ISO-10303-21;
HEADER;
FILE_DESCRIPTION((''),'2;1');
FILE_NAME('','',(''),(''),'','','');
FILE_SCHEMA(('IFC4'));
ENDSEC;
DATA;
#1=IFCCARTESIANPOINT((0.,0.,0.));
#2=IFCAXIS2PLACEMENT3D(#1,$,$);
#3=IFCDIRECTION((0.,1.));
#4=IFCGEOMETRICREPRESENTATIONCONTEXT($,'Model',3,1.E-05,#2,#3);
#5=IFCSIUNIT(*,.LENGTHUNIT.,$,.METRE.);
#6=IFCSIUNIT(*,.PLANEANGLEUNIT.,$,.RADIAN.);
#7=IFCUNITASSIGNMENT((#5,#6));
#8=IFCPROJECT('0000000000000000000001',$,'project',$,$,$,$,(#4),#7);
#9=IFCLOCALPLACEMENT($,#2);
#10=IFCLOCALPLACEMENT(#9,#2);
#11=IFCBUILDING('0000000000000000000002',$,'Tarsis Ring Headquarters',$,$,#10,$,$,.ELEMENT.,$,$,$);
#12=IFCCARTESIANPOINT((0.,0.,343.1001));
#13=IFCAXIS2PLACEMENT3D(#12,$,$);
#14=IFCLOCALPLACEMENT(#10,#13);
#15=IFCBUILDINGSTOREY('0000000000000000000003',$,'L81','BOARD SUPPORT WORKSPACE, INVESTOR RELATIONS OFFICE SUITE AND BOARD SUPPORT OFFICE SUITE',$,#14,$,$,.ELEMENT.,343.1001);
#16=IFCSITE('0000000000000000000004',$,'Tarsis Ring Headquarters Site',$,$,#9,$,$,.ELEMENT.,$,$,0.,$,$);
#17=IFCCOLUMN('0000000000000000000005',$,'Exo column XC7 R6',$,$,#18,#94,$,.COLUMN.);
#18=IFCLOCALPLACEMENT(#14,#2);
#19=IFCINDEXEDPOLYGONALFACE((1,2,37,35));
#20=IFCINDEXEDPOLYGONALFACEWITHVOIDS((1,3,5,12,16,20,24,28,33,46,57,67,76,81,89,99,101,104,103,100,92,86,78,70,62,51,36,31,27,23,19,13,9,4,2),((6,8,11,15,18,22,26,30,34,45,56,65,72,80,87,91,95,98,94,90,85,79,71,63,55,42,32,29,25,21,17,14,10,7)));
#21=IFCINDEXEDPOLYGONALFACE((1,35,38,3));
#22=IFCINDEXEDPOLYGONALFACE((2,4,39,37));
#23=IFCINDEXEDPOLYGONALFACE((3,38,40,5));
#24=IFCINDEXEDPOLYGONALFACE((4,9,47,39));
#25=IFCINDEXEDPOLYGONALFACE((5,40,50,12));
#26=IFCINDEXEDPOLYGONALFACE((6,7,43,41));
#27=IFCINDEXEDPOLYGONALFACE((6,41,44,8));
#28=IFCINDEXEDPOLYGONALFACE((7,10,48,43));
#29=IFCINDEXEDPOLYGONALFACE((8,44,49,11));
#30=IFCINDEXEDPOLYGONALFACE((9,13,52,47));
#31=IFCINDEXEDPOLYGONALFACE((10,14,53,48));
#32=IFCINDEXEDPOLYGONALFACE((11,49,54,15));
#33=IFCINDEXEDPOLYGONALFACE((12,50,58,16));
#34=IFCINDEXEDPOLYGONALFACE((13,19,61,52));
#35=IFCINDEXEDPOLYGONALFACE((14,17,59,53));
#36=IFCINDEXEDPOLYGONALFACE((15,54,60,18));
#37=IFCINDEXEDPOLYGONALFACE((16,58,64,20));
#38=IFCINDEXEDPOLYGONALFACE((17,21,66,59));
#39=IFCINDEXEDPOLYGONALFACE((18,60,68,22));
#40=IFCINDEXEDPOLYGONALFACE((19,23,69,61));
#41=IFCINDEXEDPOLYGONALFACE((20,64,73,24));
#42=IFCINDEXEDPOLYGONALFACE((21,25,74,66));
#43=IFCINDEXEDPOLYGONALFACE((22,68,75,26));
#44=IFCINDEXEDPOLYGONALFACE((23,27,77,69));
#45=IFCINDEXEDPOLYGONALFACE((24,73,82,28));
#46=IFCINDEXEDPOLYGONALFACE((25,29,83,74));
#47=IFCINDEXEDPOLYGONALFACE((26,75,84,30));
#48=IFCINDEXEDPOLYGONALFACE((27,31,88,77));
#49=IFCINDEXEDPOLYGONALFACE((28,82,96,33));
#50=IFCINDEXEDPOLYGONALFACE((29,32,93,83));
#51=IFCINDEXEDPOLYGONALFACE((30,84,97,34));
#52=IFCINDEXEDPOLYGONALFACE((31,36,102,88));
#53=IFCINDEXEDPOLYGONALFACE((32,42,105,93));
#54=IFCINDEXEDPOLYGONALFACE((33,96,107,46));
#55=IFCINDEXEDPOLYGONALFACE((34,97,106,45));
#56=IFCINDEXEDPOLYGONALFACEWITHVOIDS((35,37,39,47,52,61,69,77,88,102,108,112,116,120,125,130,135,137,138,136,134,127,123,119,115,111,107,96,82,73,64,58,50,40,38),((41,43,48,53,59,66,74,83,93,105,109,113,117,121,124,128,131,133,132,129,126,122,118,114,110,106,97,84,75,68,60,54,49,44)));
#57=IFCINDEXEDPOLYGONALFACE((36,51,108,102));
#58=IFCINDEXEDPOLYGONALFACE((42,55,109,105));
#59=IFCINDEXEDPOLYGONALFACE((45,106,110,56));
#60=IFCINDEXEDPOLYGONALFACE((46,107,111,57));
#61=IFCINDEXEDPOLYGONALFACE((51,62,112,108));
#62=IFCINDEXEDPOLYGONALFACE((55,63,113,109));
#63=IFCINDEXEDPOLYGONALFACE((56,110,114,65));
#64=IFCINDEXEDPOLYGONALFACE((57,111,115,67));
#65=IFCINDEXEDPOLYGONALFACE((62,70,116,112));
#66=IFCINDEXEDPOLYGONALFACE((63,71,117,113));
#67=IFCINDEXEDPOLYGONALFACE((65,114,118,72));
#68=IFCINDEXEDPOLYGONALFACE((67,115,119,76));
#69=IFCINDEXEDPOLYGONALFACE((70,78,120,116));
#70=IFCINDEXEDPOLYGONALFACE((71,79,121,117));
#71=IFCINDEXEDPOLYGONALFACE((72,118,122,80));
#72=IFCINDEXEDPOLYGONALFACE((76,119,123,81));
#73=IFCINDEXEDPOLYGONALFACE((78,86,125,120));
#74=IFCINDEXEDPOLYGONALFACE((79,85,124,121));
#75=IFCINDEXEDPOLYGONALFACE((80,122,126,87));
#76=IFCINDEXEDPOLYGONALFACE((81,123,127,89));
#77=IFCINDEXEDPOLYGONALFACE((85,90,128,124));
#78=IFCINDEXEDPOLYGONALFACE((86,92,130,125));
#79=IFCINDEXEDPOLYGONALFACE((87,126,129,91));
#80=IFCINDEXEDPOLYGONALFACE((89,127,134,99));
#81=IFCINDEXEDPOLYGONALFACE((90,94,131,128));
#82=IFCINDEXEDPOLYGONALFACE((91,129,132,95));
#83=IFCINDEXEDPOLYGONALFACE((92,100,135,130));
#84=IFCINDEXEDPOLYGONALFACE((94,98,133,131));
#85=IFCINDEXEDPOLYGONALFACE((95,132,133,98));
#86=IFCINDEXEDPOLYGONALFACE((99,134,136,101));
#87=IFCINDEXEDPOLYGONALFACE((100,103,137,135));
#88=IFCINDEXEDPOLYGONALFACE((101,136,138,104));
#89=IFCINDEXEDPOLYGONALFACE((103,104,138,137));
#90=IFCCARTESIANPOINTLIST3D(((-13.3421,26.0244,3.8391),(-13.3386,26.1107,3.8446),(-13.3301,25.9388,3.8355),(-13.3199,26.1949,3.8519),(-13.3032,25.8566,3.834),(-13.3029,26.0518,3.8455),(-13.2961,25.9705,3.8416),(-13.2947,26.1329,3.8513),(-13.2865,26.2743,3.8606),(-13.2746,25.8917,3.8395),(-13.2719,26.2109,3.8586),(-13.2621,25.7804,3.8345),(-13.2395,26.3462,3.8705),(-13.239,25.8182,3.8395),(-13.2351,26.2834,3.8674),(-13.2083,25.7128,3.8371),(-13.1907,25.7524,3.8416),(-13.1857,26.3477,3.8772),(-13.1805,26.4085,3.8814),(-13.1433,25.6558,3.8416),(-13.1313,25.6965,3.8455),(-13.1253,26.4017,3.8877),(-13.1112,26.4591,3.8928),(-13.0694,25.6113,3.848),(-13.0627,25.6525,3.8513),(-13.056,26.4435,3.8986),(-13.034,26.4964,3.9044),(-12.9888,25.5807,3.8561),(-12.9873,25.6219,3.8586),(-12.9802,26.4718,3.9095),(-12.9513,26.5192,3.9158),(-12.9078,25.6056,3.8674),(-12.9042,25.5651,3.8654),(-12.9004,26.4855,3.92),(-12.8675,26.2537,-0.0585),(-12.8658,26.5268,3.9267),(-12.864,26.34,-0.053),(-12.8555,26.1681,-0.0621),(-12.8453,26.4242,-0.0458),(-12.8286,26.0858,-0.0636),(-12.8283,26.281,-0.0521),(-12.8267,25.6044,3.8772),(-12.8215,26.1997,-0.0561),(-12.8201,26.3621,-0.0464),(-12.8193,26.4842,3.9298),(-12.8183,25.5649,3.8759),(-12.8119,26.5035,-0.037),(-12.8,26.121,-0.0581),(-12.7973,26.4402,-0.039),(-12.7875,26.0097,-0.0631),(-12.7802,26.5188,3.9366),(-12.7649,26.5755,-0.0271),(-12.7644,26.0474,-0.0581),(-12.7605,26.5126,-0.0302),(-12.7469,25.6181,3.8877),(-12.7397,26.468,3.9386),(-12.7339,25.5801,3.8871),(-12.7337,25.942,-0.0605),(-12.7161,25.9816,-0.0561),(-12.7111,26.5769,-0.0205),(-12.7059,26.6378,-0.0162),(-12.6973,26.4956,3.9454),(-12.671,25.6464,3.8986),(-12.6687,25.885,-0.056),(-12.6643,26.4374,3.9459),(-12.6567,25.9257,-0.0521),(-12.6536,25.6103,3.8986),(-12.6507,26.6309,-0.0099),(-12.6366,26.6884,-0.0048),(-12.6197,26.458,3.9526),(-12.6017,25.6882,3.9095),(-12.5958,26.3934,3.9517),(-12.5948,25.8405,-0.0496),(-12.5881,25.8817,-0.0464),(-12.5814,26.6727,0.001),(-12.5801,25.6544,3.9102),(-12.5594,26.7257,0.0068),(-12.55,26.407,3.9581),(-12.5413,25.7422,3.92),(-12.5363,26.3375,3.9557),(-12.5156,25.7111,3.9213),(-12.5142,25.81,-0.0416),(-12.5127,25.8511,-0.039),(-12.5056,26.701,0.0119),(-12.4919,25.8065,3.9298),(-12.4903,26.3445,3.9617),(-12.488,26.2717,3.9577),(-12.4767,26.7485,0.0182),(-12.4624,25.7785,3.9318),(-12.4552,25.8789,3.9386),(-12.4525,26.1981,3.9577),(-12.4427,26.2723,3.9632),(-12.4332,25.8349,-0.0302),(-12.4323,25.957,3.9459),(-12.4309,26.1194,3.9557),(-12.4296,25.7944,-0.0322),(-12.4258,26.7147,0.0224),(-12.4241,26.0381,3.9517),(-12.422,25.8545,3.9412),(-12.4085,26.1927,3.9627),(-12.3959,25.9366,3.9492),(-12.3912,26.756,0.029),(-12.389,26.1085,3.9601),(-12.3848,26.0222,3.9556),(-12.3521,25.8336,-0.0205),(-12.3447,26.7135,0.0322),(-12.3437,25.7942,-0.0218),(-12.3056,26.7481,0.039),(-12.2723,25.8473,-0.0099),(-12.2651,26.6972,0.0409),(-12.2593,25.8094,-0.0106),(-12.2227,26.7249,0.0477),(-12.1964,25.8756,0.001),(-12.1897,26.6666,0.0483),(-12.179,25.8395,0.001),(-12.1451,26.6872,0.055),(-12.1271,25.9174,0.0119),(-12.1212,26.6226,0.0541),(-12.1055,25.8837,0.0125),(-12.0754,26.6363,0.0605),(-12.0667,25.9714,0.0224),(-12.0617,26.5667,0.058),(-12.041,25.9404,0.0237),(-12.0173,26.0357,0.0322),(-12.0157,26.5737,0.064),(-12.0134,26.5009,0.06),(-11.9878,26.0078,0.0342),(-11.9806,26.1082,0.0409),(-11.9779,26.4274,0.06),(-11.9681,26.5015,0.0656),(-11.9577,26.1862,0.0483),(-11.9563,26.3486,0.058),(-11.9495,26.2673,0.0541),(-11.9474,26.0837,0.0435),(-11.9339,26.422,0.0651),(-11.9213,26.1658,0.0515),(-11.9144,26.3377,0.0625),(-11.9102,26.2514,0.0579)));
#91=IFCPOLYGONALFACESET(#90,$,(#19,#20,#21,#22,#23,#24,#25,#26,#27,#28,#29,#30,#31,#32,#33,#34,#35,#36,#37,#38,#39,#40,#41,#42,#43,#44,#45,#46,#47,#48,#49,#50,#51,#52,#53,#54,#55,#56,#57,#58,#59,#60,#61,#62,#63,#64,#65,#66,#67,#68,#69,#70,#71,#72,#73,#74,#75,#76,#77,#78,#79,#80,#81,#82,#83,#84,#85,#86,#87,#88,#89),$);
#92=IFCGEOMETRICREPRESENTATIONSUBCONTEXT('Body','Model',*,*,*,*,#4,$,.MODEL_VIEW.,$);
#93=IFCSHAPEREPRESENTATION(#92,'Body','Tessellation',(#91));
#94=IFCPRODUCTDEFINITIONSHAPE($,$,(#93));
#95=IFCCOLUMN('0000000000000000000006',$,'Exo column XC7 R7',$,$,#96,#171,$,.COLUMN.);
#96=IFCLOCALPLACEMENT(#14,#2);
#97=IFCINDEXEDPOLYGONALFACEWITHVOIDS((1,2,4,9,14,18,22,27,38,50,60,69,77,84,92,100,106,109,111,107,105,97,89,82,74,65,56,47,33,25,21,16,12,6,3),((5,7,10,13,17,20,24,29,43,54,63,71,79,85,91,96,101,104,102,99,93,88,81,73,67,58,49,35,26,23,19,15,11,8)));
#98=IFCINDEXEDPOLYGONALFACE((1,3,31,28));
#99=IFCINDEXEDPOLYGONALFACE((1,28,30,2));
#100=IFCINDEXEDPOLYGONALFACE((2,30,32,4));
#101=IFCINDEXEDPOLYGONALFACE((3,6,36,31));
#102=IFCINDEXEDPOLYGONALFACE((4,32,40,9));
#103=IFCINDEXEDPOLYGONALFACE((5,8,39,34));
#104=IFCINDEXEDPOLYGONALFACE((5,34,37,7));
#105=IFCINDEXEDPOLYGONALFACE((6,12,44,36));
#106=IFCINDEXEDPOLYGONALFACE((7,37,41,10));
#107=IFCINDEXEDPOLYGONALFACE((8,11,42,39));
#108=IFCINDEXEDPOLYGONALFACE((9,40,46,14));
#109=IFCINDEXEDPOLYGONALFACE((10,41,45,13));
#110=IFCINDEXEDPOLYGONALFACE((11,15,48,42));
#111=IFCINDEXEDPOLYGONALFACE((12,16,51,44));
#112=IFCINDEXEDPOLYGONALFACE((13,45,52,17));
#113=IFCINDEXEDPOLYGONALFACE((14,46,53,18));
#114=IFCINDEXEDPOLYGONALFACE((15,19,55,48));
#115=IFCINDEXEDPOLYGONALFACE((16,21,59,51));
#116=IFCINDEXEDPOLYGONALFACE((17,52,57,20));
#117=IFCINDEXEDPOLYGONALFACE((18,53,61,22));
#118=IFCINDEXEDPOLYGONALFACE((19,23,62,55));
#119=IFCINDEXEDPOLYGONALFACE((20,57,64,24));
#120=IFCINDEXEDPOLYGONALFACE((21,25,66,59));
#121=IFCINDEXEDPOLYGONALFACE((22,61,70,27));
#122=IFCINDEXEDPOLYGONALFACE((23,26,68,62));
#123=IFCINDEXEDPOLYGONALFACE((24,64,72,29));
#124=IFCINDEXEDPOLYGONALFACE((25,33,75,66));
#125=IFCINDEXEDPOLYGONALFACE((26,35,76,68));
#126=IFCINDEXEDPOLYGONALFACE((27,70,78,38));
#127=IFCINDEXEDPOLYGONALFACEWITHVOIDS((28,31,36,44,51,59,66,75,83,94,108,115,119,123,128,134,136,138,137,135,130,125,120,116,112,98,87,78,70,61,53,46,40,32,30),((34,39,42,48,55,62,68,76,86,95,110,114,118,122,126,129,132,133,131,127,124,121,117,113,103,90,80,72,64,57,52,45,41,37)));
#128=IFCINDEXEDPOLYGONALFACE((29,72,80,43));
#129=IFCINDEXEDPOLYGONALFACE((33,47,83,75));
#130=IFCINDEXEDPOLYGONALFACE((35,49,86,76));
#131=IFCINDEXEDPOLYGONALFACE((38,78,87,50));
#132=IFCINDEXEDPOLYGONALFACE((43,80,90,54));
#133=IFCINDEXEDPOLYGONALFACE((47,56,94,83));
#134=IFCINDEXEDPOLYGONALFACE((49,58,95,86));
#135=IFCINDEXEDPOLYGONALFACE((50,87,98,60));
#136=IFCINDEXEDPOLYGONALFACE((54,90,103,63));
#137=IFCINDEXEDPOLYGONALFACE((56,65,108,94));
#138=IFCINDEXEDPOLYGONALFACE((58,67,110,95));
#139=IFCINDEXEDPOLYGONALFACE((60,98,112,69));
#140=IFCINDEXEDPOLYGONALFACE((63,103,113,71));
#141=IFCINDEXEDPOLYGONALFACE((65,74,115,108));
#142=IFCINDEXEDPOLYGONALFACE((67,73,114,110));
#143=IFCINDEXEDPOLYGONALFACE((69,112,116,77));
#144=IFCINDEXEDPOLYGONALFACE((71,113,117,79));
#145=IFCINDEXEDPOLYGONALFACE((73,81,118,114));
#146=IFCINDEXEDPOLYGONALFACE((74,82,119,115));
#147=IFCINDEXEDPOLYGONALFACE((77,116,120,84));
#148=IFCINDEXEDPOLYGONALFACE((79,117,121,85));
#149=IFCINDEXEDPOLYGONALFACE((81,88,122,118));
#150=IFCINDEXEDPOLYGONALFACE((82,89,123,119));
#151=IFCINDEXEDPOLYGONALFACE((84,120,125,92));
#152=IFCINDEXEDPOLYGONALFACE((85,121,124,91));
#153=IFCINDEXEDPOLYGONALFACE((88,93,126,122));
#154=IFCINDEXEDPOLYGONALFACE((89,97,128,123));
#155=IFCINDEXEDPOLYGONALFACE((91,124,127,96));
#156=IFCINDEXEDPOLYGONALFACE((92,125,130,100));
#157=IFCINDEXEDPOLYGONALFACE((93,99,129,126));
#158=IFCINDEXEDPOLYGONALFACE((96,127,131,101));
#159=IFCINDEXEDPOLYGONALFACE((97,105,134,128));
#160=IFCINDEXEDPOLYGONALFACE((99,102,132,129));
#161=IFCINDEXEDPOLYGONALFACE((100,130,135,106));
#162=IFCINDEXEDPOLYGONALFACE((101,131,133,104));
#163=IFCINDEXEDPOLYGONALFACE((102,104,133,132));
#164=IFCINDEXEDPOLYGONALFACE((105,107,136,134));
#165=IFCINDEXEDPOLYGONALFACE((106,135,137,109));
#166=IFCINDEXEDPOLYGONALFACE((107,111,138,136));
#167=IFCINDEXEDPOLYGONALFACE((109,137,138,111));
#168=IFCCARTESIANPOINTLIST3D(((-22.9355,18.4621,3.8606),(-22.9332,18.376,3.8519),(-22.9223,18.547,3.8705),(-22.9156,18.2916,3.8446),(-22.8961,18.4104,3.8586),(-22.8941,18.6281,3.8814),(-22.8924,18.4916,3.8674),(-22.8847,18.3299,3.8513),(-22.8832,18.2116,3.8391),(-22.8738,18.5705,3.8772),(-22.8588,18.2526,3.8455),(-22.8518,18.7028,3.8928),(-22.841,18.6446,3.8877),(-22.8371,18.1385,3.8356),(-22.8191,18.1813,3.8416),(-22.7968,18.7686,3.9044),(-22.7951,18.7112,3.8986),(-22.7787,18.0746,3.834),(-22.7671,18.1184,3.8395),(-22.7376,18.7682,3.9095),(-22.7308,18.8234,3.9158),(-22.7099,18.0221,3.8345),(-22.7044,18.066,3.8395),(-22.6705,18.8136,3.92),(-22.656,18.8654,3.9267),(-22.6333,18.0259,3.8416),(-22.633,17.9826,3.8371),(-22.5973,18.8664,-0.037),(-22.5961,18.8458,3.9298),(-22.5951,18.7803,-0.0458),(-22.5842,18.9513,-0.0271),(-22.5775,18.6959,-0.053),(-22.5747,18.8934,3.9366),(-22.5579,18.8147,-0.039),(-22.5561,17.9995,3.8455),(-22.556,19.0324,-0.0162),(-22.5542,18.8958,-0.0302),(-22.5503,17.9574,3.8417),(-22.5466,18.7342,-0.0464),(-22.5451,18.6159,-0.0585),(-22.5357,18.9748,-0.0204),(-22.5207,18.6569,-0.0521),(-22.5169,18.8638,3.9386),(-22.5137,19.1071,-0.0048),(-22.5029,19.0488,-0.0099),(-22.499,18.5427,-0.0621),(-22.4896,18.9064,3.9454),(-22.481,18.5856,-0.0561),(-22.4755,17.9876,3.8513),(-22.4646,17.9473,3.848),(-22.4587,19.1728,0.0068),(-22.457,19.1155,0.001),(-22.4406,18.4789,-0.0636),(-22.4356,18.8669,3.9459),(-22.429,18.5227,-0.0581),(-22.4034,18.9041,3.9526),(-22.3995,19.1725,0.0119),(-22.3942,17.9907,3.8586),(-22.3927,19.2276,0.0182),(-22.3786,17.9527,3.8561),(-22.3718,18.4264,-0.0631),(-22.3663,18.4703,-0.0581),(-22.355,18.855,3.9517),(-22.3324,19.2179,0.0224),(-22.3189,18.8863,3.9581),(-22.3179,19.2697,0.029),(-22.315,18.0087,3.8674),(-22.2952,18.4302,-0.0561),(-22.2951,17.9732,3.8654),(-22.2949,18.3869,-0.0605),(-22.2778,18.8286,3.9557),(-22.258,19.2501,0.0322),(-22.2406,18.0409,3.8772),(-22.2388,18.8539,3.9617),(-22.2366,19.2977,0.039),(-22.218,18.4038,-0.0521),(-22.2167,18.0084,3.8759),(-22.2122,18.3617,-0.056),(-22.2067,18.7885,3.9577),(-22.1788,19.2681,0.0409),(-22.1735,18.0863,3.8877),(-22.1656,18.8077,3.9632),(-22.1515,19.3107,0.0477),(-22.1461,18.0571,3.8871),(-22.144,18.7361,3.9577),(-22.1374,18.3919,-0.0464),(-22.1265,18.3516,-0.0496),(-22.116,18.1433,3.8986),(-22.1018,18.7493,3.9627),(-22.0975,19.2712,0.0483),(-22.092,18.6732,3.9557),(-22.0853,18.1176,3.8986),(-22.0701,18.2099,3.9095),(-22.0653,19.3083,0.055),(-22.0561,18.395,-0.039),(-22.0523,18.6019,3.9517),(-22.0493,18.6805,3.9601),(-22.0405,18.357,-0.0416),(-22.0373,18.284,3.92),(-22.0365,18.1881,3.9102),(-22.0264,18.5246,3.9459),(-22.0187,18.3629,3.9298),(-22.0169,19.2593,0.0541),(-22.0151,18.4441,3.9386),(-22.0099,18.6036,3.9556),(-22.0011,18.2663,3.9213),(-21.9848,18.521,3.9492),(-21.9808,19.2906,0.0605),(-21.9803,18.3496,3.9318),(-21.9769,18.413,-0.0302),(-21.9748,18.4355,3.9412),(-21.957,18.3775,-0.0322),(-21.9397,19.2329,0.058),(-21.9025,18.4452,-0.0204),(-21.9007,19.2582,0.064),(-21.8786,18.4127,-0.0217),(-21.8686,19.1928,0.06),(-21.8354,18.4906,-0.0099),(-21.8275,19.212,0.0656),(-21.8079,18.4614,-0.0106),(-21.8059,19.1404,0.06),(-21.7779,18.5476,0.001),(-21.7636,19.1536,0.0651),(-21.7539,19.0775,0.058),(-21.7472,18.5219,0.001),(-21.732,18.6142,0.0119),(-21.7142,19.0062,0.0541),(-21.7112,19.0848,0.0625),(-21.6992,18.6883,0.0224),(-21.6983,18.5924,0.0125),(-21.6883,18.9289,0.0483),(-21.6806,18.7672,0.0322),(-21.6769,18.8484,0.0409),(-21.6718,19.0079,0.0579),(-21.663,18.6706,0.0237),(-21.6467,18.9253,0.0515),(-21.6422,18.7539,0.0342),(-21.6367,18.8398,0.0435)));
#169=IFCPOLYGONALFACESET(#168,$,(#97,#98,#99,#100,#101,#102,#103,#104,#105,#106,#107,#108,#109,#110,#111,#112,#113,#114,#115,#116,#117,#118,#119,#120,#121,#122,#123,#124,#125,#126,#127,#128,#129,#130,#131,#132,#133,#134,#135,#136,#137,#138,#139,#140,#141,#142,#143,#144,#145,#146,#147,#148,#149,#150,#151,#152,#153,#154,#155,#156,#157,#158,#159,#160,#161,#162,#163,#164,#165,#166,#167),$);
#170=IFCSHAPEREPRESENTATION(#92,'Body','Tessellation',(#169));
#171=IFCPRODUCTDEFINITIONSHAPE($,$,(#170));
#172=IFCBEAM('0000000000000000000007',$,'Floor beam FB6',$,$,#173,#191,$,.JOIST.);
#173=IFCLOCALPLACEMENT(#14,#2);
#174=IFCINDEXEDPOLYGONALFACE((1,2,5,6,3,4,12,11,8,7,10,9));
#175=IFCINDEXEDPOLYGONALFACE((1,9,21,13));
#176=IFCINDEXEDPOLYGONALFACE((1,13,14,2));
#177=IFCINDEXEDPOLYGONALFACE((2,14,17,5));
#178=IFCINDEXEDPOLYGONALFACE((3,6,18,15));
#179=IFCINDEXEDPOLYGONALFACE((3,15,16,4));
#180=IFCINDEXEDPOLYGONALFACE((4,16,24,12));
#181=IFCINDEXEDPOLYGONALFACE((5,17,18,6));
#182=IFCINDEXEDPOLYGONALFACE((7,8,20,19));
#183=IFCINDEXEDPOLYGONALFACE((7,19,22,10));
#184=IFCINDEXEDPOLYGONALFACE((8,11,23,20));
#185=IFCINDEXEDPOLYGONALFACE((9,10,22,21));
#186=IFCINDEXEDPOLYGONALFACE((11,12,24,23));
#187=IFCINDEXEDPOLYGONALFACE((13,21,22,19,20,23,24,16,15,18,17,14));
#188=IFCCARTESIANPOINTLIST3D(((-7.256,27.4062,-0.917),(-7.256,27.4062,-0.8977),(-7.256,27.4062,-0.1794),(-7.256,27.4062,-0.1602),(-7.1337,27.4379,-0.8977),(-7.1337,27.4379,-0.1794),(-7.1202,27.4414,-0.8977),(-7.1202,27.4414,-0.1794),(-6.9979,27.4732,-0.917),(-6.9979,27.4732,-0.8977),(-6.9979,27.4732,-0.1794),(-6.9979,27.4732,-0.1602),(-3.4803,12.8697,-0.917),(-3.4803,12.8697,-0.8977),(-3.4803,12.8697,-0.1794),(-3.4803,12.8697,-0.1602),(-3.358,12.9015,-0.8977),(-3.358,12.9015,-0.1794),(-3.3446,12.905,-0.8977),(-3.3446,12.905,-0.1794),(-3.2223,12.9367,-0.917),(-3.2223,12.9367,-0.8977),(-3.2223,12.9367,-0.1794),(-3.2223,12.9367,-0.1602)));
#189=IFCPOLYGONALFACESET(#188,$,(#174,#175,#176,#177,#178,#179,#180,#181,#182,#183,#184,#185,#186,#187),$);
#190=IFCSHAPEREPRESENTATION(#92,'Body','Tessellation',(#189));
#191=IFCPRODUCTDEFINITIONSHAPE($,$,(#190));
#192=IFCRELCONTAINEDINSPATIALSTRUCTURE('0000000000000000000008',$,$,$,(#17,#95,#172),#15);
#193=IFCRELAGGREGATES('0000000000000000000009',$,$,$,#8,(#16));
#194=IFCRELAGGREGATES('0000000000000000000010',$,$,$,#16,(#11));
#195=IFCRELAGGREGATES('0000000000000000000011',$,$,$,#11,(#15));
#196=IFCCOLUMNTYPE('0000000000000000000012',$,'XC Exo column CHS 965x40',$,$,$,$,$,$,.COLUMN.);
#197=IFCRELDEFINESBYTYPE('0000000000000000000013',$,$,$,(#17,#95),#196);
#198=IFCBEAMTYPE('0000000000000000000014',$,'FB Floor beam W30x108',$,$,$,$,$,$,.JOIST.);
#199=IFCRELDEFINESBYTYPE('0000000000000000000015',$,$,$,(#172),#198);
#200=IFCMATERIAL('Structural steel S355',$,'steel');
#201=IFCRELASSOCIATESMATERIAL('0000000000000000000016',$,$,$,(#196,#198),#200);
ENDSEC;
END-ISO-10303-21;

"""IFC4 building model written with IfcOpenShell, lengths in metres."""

from ifc_helpers import new_model, si_unit, direction, frame, origin, origin_2d, place, context, subcontext, project, spatial, hollow_circle, i_section, extrude, material, material_profile, profile_set, type_object, element, save


model = new_model("IFC4")

# Units and contexts
model_context = context("Model", 3, precision=1e-05, world=origin(), true_north=direction((0.0, 1.0)))
body_context = subcontext(model_context, "Body", "Model", "MODEL_VIEW")
ifc_project = project(units=[si_unit("LENGTHUNIT", "METRE"), si_unit("PLANEANGLEUNIT", "RADIAN")], contexts=[model_context])

# Site, building, storey
site_placement = place(None, origin())
site = spatial("IfcSite", under=ifc_project, at=site_placement, Name="Tarsis Ring Headquarters Site", CompositionType="ELEMENT", RefElevation=0.0)
building_placement = place(site_placement, origin())
building = spatial("IfcBuilding", under=site, at=building_placement, Name="Tarsis Ring Headquarters", CompositionType="ELEMENT")
storey_placement = place(building_placement, frame((0.0, 0.0, 343.1001)))
storey = spatial("IfcBuildingStorey", under=building, at=storey_placement, Name="L81", Description="BOARD SUPPORT WORKSPACE, INVESTOR RELATIONS OFFICE SUITE AND BOARD SUPPORT OFFICE SUITE", CompositionType="ELEMENT", Elevation=343.1001)

# Columns
ifc_material_1 = material(Name="Structural steel S355", Category="steel")
ifc_material_profile_1 = material_profile(ifc_material_1, hollow_circle(Radius=0.4827, WallThickness=0.04, at=origin_2d()), Name="CHS 965x40")
ifc_profile_set_1 = profile_set([ifc_material_profile_1], Name="Structural steel S355")
column_type = type_object("IfcColumnType", Name="XC Exo column CHS 965x40", PredefinedType="COLUMN", material=ifc_profile_set_1)
for number, where, z_axis, x_axis, name in (
    (1, (-12.3889, 26.2742, 0.001), (-0.120668, -0.058286, 0.99098), (0.434943, -0.900458, 0.0), "Exo column XC7 R6"),
    (2, (-22.1174, 18.8315, 0.001), (-0.08597, -0.102791, 0.990981), (0.767081, -0.64155, 0.0), "Exo column XC7 R7"),
):
    element("IfcColumn", number, at=place(storey_placement, frame(where, z_axis=z_axis, x_axis=x_axis)), inside=storey, type_object=column_type, Name=name, PredefinedType="COLUMN", context=body_context, shape_type="SweptSolid", body=[
        extrude(hollow_circle(Radius=0.4827, WallThickness=0.04, at=origin_2d()), origin(), (0.0, 0.0, 1.0), 3.9331),
    ])

# Beam
ifc_material_profile_2 = material_profile(ifc_material_1, i_section(OverallWidth=0.2666, OverallDepth=0.7568, WebThickness=0.0139, FlangeThickness=0.0193, at=origin_2d()), Name="W30x108")
ifc_profile_set_2 = profile_set([ifc_material_profile_2], Name="Structural steel S355")
beam_type_1 = type_object("IfcBeamType", Name="FB Floor beam W30x108", PredefinedType="JOIST", material=ifc_profile_set_2)
beam_1_placement = place(storey_placement, frame((-7.127, 27.4397, -0.5386), z_axis=(0.251395, -0.967884, 0.0), x_axis=(0.967884, 0.251395, 0.0)))
element("IfcBeam", 3, at=beam_1_placement, inside=storey, type_object=beam_type_1, Name="Floor beam FB6", PredefinedType="JOIST", context=body_context, shape_type="SweptSolid", body=[
    extrude(i_section(OverallWidth=0.2666, OverallDepth=0.7568, WebThickness=0.0139, FlangeThickness=0.0193, at=origin_2d()), origin(), (0.0, 0.0, 1.0), 15.0188),
])

save(model, "model.ifc")
